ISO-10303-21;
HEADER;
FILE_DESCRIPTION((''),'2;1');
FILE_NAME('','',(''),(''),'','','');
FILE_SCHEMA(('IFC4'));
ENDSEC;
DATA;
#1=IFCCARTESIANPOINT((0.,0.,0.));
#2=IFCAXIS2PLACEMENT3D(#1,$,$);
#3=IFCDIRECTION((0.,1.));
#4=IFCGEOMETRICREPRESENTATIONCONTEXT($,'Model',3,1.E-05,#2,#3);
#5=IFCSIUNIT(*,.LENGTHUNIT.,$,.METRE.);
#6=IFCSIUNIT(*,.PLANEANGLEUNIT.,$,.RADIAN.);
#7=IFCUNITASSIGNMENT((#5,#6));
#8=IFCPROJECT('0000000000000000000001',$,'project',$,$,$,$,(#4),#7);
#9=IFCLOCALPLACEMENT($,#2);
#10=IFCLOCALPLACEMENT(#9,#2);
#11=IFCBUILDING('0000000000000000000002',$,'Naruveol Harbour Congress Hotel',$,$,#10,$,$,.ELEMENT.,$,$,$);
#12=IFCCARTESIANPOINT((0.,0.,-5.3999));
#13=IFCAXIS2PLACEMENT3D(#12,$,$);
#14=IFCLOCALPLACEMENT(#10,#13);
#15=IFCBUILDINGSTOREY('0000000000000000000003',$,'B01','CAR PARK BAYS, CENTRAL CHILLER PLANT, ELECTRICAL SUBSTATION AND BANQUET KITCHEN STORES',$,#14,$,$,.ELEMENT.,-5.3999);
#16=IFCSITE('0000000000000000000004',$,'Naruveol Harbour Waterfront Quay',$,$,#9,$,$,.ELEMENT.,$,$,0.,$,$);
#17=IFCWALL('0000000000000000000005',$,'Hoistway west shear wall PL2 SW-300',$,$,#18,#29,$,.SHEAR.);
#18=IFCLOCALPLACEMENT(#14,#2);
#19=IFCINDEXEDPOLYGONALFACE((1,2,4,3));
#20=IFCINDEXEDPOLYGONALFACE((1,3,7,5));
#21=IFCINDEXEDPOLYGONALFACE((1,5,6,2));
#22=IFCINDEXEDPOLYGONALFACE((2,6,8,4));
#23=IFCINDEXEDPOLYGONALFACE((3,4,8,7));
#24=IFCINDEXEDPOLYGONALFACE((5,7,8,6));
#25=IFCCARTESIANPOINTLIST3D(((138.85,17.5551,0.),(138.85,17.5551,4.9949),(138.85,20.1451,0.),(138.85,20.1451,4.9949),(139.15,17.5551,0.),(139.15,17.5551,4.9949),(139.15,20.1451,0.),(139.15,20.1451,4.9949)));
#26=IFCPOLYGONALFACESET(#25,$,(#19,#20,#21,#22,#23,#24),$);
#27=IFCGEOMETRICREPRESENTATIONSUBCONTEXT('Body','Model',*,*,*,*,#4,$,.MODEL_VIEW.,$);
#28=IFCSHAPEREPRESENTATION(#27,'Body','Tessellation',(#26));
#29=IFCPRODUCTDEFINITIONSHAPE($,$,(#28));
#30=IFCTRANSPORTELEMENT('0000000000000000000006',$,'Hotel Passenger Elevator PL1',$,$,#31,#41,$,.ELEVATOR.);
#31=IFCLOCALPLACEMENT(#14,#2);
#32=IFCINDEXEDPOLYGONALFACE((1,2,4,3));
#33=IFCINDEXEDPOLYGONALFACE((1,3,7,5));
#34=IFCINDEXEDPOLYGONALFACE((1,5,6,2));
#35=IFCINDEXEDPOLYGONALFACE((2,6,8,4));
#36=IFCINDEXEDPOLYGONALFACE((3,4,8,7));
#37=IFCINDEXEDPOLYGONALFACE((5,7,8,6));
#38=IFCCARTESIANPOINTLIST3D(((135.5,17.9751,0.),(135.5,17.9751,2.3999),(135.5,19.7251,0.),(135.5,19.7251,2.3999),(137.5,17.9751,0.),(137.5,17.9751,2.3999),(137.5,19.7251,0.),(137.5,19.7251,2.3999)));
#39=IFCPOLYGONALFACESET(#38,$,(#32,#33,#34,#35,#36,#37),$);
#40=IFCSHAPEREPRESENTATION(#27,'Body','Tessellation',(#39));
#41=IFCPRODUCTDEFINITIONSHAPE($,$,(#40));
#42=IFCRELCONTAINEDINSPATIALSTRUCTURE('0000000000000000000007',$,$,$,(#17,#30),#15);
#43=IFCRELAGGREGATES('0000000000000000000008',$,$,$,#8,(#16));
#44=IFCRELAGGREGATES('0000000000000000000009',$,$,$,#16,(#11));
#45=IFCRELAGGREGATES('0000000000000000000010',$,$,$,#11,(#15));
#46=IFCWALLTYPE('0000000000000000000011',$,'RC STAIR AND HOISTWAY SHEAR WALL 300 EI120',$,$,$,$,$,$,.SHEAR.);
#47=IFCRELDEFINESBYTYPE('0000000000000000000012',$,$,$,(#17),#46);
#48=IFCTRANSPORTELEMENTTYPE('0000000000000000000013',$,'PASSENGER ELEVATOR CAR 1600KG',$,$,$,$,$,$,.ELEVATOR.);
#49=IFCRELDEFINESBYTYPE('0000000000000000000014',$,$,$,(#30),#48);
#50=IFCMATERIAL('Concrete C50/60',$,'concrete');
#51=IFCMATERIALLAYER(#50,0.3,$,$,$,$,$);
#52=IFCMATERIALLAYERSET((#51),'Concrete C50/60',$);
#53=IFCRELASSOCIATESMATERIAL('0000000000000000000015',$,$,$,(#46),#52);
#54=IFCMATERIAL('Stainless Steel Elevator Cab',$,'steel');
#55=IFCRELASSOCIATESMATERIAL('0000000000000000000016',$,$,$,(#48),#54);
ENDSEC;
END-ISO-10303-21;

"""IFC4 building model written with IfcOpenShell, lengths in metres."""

from ifc_helpers import new_model, si_unit, direction, frame, frame_2d, origin, origin_2d, place, context, subcontext, project, spatial, rectangle, extrude, material, layer, layer_set, type_object, element, save


model = new_model("IFC4")

# Units and contexts
model_context = context("Model", 3, precision=1e-05, world=origin(), true_north=direction((0.0, 1.0)))
body_context = subcontext(model_context, "Body", "Model", "MODEL_VIEW")
ifc_project = project(units=[si_unit("LENGTHUNIT", "METRE"), si_unit("PLANEANGLEUNIT", "RADIAN")], contexts=[model_context])

# Site, building, storey
site_placement = place(None, origin())
site = spatial("IfcSite", under=ifc_project, at=site_placement, Name="Naruveol Harbour Waterfront Quay", CompositionType="ELEMENT", RefElevation=0.0)
building_placement = place(site_placement, origin())
building = spatial("IfcBuilding", under=site, at=building_placement, Name="Naruveol Harbour Congress Hotel", CompositionType="ELEMENT")
storey_placement = place(building_placement, frame((0.0, 0.0, -5.3999)))
storey = spatial("IfcBuildingStorey", under=building, at=storey_placement, Name="B01", Description="CAR PARK BAYS, CENTRAL CHILLER PLANT, ELECTRICAL SUBSTATION AND BANQUET KITCHEN STORES", CompositionType="ELEMENT", Elevation=-5.3999)

# Shared definitions
ifc_material_1 = material(Name="Concrete C50/60", Category="concrete")
ifc_layer_1 = layer(ifc_material_1, 0.3)
ifc_layer_set_1 = layer_set([ifc_layer_1], Name="Concrete C50/60")
wall_type_1 = type_object("IfcWallType", Name="RC STAIR AND HOISTWAY SHEAR WALL 300 EI120", PredefinedType="SHEAR", material=ifc_layer_set_1)

# Wall
wall_1_placement = place(storey_placement, frame((139.0, 20.145, 0.0), z_axis=(0.0, 0.0, 1.0), x_axis=(0.0, -1.0, 0.0)))
element("IfcWall", 1, at=wall_1_placement, inside=storey, type_object=wall_type_1, Name="Hoistway west shear wall PL2 SW-300", PredefinedType="SHEAR", context=body_context, shape_type="SweptSolid", body=[
    extrude(rectangle(XDim=2.5901, YDim=0.3, at=frame_2d((1.2949, 0.0))), origin(), (0.0, 0.0, 1.0), 4.9949),
])

# Transport element
ifc_material_2 = material(Name="Stainless Steel Elevator Cab", Category="steel")
transport_element_type = type_object("IfcTransportElementType", Name="PASSENGER ELEVATOR CAR 1600KG", PredefinedType="ELEVATOR", material=ifc_material_2)
transport_element_placement = place(storey_placement, frame((136.5, 18.8501, 0.0), z_axis=(0.0, 0.0, 1.0), x_axis=(1.0, 0.0, 0.0)))
element("IfcTransportElement", 2, at=transport_element_placement, inside=storey, type_object=transport_element_type, Name="Hotel Passenger Elevator PL1", PredefinedType="ELEVATOR", context=body_context, shape_type="SweptSolid", body=[
    extrude(rectangle(XDim=2.0, YDim=1.75, at=origin_2d()), origin(), (0.0, 0.0, 1.0), 2.3999),
])

save(model, "model.ifc")
